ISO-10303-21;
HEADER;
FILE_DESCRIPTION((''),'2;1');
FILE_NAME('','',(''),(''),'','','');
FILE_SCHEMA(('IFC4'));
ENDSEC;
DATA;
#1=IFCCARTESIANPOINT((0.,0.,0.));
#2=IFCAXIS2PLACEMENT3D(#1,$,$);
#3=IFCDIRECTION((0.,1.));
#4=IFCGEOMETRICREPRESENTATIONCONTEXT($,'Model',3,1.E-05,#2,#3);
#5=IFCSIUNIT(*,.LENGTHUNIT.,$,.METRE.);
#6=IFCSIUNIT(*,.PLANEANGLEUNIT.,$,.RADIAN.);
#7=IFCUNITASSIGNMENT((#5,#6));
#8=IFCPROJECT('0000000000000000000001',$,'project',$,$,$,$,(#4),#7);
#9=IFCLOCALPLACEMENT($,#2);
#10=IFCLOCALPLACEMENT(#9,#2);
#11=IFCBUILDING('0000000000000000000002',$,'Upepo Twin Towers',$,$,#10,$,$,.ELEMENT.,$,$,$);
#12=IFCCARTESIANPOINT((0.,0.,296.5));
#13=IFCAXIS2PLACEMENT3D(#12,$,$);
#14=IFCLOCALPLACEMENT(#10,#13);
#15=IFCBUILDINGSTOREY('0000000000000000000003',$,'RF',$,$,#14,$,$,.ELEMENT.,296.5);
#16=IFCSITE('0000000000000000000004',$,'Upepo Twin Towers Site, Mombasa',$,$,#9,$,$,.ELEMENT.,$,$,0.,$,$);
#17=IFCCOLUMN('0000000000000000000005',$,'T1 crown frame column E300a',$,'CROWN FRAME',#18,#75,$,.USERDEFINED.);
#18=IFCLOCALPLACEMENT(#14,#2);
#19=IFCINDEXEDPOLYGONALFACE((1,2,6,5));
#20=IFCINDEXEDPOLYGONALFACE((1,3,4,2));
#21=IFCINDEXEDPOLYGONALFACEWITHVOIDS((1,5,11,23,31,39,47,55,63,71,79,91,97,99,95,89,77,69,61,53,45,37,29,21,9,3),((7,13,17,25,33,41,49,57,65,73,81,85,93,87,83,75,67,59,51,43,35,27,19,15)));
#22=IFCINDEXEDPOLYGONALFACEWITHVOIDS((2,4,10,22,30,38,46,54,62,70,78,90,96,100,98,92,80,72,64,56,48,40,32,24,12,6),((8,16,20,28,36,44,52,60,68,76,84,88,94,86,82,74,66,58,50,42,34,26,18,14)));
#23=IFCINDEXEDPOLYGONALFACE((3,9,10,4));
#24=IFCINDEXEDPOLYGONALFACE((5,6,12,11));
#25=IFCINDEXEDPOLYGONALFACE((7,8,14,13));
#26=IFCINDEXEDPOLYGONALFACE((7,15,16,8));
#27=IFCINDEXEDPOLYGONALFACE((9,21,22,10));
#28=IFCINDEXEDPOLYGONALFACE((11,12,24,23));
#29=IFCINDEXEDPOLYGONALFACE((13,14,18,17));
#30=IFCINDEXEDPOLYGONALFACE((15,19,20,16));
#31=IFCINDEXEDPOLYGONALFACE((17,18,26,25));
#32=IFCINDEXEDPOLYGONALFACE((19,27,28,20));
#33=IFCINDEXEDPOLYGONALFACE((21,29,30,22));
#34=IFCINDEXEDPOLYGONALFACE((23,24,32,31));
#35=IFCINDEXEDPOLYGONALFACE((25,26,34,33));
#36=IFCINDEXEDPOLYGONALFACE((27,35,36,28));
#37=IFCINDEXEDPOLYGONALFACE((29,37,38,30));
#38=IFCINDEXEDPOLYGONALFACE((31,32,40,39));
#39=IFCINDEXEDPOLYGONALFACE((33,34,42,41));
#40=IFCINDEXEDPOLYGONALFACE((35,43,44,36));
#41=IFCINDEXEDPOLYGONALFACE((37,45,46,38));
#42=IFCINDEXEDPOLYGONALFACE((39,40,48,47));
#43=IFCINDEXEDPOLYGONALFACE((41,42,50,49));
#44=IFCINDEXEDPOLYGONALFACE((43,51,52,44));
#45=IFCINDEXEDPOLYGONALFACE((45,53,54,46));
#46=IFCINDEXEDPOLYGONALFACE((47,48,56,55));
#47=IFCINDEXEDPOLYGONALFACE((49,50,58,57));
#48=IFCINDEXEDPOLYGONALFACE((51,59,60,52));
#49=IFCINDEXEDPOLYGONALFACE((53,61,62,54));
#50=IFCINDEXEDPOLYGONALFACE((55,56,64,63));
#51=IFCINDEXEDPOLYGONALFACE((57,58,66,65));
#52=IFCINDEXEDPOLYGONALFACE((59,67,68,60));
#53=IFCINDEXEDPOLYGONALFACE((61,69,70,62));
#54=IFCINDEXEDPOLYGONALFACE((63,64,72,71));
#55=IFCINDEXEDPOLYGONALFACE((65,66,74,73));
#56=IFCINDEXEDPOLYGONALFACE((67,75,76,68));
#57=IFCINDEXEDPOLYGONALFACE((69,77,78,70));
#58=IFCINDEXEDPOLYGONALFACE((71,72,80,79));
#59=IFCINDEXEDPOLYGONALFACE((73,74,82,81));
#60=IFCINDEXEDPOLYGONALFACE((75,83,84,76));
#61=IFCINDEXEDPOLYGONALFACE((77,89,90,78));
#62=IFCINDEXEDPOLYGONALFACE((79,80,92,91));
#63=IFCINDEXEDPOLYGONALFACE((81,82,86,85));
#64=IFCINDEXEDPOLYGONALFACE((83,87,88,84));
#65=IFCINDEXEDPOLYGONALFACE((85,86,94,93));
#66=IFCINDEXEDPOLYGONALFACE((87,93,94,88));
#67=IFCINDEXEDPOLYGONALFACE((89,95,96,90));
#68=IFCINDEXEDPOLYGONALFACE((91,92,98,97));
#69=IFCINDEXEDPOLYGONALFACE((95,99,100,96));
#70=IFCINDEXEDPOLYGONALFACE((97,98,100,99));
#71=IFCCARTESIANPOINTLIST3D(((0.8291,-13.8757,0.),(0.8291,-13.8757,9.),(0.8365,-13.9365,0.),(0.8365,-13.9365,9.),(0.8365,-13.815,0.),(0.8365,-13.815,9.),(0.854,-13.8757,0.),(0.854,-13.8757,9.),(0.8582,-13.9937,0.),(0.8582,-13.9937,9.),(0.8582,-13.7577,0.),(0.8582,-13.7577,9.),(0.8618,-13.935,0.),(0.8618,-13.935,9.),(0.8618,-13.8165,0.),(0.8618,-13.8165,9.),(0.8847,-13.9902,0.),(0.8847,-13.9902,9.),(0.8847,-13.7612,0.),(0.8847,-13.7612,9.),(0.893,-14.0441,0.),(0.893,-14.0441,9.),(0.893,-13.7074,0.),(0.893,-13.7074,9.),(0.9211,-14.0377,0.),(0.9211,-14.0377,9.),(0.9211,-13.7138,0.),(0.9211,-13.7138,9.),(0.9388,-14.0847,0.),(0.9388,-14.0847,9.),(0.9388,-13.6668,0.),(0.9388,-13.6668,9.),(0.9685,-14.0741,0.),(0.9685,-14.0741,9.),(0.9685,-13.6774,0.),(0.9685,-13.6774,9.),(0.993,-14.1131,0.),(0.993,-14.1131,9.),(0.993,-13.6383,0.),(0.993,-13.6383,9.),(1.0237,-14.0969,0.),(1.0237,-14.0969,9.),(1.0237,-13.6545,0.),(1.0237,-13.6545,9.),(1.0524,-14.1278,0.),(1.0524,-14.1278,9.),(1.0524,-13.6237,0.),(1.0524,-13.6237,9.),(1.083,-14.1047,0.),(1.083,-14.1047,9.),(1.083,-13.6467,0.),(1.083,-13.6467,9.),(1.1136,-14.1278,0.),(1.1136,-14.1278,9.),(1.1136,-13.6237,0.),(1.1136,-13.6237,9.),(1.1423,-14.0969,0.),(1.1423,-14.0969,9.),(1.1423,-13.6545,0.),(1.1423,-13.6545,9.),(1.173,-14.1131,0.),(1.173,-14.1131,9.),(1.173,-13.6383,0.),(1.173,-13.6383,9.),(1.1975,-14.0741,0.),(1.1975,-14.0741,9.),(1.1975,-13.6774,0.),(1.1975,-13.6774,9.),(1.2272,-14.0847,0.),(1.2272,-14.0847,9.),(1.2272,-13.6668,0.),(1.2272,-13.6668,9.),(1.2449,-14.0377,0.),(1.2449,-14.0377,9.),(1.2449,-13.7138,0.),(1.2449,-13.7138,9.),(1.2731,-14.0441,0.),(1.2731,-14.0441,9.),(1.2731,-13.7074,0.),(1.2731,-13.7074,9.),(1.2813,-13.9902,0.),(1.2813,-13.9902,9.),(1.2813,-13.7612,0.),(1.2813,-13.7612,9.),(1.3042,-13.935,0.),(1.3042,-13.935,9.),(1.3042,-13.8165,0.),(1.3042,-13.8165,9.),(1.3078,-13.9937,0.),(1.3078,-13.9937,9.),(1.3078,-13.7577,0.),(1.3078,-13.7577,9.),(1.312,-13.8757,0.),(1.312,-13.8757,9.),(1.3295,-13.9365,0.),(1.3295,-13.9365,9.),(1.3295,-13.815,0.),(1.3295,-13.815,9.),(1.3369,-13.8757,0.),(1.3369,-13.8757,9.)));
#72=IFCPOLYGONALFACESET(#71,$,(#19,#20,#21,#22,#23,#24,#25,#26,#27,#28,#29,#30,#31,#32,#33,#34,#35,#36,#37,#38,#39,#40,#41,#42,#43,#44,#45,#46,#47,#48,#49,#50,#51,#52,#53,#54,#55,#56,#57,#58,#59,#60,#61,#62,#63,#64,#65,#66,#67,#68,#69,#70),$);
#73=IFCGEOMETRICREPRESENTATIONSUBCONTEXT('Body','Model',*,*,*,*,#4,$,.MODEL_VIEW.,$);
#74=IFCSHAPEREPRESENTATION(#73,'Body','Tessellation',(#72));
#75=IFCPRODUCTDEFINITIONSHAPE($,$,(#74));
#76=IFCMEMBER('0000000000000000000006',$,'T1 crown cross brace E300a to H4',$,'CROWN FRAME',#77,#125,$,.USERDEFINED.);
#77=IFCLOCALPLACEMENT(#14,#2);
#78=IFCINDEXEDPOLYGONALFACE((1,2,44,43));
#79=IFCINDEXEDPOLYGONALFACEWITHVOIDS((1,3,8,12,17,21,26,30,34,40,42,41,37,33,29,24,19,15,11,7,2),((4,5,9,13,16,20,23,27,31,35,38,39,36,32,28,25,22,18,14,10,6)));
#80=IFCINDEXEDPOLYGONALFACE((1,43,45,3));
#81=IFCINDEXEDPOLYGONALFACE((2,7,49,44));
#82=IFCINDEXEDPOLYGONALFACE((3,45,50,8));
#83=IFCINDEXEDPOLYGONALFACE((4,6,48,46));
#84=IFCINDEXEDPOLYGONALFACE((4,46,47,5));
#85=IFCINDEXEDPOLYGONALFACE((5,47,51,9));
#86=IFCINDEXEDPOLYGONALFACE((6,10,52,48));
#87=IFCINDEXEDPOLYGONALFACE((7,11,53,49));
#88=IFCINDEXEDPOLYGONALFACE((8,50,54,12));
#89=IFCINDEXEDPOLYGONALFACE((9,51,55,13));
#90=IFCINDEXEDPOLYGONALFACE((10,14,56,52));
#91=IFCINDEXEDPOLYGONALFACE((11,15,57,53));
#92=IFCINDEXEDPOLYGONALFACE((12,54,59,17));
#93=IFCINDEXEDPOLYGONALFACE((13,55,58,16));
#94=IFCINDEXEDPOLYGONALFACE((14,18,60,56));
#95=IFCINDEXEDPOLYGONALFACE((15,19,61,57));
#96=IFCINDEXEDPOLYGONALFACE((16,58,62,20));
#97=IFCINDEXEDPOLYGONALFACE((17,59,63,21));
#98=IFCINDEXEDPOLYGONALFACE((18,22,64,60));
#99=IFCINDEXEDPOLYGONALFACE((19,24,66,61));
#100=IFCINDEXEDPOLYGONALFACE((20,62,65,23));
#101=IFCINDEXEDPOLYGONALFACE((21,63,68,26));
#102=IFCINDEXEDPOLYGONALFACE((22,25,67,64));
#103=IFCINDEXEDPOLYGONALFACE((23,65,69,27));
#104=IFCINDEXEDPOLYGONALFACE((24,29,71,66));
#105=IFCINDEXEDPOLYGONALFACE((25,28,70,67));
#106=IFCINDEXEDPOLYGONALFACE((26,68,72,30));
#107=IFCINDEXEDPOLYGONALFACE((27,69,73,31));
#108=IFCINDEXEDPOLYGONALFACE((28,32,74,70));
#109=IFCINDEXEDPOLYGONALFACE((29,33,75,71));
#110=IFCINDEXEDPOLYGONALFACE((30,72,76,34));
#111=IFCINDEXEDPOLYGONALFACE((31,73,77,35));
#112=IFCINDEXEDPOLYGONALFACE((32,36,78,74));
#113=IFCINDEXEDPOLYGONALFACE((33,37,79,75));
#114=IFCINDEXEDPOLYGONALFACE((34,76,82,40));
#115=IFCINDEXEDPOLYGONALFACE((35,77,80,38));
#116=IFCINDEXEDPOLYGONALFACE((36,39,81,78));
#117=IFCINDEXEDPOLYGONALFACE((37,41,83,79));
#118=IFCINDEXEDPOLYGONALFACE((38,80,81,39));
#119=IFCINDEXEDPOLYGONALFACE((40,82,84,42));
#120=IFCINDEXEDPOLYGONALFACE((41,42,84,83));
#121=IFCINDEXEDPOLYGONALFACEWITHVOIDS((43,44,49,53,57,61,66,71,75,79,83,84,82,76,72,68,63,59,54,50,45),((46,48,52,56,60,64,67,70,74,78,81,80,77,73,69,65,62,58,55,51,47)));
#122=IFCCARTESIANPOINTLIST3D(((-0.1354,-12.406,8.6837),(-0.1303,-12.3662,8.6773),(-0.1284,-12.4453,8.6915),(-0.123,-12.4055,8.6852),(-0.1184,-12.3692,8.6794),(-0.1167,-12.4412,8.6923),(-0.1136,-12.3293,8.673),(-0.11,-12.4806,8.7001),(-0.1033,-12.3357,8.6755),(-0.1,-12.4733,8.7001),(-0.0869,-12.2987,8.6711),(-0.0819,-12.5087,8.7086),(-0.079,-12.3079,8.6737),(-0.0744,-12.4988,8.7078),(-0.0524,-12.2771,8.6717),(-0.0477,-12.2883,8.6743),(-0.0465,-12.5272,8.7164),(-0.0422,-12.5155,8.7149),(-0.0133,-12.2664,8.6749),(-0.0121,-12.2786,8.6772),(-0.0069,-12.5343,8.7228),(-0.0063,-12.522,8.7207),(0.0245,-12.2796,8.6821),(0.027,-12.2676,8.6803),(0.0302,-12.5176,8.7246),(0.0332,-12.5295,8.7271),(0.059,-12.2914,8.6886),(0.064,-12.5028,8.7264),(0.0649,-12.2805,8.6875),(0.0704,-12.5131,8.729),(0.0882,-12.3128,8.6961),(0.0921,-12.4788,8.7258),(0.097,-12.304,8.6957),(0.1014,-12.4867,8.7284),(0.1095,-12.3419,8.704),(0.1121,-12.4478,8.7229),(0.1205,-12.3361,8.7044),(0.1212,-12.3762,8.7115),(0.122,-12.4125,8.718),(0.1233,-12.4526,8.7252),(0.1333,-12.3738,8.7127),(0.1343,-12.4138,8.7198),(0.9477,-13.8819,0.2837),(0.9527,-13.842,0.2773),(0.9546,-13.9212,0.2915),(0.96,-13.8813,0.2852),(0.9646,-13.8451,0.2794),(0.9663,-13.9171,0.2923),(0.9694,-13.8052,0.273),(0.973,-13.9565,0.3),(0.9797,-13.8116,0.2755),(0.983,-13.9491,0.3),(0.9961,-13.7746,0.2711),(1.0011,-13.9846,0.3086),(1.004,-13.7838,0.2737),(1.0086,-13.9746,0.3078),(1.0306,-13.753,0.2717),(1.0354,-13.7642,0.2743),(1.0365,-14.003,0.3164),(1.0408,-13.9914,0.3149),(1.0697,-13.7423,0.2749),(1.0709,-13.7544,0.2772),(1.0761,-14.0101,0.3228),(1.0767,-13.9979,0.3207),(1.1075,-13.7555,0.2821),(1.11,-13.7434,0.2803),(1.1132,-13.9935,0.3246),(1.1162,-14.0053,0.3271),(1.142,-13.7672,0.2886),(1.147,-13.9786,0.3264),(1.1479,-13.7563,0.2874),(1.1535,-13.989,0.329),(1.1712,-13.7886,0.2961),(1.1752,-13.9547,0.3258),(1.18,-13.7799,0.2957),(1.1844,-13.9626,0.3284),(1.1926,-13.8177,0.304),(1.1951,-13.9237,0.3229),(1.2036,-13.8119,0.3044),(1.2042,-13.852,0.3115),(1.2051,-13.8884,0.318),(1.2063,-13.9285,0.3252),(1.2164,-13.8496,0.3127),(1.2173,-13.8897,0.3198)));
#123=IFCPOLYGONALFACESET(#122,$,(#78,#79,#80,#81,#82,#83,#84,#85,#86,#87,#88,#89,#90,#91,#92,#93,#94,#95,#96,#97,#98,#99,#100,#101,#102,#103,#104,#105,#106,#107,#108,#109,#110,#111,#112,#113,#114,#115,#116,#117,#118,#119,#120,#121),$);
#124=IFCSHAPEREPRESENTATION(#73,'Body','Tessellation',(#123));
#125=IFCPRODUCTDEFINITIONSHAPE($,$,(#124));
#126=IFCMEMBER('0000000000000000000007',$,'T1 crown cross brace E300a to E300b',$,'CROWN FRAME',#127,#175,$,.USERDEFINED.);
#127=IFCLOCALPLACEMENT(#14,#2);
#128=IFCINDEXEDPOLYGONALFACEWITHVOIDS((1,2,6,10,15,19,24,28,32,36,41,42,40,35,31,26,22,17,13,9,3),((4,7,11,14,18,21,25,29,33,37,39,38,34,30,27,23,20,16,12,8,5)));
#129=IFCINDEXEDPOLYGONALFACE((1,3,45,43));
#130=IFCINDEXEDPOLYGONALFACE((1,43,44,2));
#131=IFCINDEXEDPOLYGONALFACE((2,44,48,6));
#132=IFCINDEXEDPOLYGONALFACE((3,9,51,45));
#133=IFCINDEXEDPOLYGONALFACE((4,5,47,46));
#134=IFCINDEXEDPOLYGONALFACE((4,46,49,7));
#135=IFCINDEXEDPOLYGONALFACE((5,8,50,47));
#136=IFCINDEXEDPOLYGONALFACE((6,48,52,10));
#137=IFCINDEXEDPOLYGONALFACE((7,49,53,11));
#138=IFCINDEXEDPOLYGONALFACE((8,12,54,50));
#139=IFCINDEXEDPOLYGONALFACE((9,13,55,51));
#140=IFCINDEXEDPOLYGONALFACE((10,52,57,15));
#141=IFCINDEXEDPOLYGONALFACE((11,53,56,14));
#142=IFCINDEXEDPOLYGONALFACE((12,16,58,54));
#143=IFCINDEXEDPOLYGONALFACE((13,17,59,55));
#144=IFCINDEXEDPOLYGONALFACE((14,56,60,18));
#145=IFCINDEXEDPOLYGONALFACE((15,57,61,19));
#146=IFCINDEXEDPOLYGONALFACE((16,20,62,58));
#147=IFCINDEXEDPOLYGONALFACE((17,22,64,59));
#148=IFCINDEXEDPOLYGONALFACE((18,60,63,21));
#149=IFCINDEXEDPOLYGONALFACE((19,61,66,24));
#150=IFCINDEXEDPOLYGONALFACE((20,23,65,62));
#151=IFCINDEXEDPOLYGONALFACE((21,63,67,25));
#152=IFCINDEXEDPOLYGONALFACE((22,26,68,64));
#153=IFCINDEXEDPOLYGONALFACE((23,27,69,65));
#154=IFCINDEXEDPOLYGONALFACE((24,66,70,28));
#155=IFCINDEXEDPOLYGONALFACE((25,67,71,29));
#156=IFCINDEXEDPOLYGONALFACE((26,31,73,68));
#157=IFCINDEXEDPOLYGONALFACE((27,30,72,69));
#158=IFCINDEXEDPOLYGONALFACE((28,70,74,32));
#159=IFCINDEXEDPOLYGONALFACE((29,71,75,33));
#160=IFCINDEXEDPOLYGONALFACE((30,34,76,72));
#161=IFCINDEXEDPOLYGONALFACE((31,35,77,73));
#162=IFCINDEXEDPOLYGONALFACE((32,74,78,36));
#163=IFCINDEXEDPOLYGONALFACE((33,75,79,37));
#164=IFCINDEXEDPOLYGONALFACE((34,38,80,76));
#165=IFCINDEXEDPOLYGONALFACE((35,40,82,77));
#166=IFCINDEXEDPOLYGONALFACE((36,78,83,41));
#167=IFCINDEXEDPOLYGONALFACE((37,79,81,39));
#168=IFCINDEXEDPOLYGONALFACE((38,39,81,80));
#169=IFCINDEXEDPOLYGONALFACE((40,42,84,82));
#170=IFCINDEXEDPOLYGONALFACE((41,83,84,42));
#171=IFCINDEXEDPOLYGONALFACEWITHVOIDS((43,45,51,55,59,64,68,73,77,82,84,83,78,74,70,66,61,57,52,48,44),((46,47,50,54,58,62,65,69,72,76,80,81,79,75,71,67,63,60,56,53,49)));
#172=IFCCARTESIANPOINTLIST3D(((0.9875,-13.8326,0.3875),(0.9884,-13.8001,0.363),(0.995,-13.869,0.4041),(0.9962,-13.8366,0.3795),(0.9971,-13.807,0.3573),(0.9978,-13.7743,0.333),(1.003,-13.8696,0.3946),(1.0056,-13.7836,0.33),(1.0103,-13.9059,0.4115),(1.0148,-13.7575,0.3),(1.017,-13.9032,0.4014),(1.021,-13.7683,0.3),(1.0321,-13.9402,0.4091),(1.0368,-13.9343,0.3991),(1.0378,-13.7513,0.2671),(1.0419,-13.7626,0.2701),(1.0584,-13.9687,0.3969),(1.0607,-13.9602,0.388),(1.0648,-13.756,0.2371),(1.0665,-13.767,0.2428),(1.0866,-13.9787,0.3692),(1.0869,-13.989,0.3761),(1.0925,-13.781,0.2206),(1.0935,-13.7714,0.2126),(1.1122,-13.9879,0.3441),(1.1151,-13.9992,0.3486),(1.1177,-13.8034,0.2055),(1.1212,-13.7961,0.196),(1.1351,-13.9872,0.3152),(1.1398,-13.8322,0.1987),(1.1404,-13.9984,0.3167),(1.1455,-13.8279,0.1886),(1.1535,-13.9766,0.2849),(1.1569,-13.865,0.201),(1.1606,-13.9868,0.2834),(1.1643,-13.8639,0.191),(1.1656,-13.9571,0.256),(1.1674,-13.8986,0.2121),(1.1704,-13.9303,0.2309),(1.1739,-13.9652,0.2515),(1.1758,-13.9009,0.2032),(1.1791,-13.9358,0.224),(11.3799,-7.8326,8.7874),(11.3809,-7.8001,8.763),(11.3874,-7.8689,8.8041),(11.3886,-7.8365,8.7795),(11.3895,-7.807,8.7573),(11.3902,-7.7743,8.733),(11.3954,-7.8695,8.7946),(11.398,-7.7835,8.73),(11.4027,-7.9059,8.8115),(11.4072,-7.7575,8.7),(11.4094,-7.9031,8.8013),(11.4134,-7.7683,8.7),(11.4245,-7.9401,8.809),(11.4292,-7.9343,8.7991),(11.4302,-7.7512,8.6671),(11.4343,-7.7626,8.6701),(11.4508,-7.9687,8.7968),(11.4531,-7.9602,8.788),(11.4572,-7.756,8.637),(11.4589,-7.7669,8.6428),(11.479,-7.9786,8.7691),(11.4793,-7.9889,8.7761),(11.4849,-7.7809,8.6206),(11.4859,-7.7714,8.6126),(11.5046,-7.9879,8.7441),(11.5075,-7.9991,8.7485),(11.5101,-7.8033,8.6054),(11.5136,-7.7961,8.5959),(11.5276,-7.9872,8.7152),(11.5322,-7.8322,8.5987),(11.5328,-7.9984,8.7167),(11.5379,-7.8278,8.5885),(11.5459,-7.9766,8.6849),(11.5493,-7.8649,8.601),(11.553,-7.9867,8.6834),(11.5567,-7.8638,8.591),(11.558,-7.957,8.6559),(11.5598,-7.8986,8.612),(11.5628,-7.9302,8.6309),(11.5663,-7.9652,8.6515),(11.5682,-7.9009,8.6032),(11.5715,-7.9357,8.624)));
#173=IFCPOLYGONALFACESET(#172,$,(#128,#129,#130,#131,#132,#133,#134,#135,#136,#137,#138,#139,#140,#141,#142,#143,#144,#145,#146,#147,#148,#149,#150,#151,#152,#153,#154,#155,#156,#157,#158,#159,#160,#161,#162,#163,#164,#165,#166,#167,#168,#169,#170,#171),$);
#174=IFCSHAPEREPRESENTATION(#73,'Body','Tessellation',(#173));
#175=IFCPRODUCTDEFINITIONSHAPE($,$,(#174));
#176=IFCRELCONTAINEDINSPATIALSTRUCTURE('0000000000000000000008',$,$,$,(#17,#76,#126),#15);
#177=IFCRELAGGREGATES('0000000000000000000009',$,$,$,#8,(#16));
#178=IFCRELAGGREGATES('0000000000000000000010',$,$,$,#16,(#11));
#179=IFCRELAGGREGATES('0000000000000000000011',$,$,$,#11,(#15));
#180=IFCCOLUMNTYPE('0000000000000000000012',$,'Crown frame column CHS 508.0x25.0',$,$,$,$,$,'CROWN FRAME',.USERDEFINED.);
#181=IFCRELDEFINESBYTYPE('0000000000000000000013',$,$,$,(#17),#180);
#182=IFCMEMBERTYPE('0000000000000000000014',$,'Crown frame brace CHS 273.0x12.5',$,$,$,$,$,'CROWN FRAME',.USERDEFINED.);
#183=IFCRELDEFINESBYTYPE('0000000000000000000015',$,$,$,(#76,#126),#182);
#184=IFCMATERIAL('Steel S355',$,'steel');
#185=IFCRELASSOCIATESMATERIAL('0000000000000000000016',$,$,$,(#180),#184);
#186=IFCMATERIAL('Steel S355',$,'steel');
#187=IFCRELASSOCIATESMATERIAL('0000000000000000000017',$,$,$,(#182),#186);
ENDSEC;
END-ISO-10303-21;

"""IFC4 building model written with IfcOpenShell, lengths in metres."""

from ifc_helpers import new_model, si_unit, direction, frame, origin, origin_2d, place, context, subcontext, project, spatial, hollow_circle, extrude, material, material_profile, profile_set, type_object, element, save


model = new_model("IFC4")

# Units and contexts
model_context = context("Model", 3, precision=1e-05, world=origin(), true_north=direction((0.0, 1.0)))
body_context = subcontext(model_context, "Body", "Model", "MODEL_VIEW")
ifc_project = project(units=[si_unit("LENGTHUNIT", "METRE"), si_unit("PLANEANGLEUNIT", "RADIAN")], contexts=[model_context])

# Site, building, storey
site_placement = place(None, origin())
site = spatial("IfcSite", under=ifc_project, at=site_placement, Name="Upepo Twin Towers Site, Mombasa", CompositionType="ELEMENT", RefElevation=0.0)
building_placement = place(site_placement, origin())
building = spatial("IfcBuilding", under=site, at=building_placement, Name="Upepo Twin Towers", CompositionType="ELEMENT")
storey_placement = place(building_placement, frame((0.0, 0.0, 296.5)))
storey = spatial("IfcBuildingStorey", under=building, at=storey_placement, Name="RF", CompositionType="ELEMENT", Elevation=296.5)

# Column
ifc_material_1 = material(Name="Steel S355", Category="steel")
ifc_material_profile_1 = material_profile(ifc_material_1, hollow_circle(Radius=0.2539, WallThickness=0.0249, at=origin_2d()), Name="CHS 508.0x25.0")
ifc_profile_set_1 = profile_set([ifc_material_profile_1], Name="Steel S355")
column_type = type_object("IfcColumnType", Name="Crown frame column CHS 508.0x25.0", ElementType="CROWN FRAME", PredefinedType="USERDEFINED", material=ifc_profile_set_1)
column_placement = place(storey_placement, frame((1.083, -13.8757, 0.0), z_axis=(0.0, 0.0, 1.0), x_axis=(1.0, 0.0, 0.0)))
element("IfcColumn", 1, at=column_placement, inside=storey, type_object=column_type, Name="T1 crown frame column E300a", ObjectType="CROWN FRAME", PredefinedType="USERDEFINED", context=body_context, shape_type="SweptSolid", body=[
    extrude(hollow_circle(Radius=0.2539, WallThickness=0.0249, at=origin_2d()), origin(), (0.0, 0.0, 1.0), 9.0),
])

# Members
ifc_material_2 = material(Name="Steel S355", Category="steel")
ifc_material_profile_2 = material_profile(ifc_material_2, hollow_circle(Radius=0.1365, WallThickness=0.0125, at=origin_2d()), Name="CHS 273.0x12.5")
ifc_profile_set_2 = profile_set([ifc_material_profile_2], Name="Steel S355")
member_type = type_object("IfcMemberType", Name="Crown frame brace CHS 273.0x12.5", ElementType="CROWN FRAME", PredefinedType="USERDEFINED", material=ifc_profile_set_2)
member_1_placement = place(storey_placement, frame((1.083, -13.8757, 0.3), z_axis=(-0.125974, 0.171667, 0.977068), x_axis=(-0.806214, -0.591624, 0.0)))
element("IfcMember", 2, at=member_1_placement, inside=storey, type_object=member_type, Name="T1 crown cross brace E300a to H4", ObjectType="CROWN FRAME", PredefinedType="USERDEFINED", context=body_context, shape_type="SweptSolid", body=[
    extrude(hollow_circle(Radius=0.1365, WallThickness=0.0125, at=origin_2d()), origin(), (0.0, 0.0, 1.0), 8.5972),
])
member_2_placement = place(storey_placement, frame((1.083, -13.8757, 0.3), z_axis=(0.709479, 0.409617, 0.573457), x_axis=(-0.499999, 0.866026, 0.0)))
element("IfcMember", 3, at=member_2_placement, inside=storey, type_object=member_type, Name="T1 crown cross brace E300a to E300b", ObjectType="CROWN FRAME", PredefinedType="USERDEFINED", context=body_context, shape_type="SweptSolid", body=[
    extrude(hollow_circle(Radius=0.1365, WallThickness=0.0125, at=origin_2d()), origin(), (0.0, 0.0, 1.0), 14.6479),
])

save(model, "model.ifc")
